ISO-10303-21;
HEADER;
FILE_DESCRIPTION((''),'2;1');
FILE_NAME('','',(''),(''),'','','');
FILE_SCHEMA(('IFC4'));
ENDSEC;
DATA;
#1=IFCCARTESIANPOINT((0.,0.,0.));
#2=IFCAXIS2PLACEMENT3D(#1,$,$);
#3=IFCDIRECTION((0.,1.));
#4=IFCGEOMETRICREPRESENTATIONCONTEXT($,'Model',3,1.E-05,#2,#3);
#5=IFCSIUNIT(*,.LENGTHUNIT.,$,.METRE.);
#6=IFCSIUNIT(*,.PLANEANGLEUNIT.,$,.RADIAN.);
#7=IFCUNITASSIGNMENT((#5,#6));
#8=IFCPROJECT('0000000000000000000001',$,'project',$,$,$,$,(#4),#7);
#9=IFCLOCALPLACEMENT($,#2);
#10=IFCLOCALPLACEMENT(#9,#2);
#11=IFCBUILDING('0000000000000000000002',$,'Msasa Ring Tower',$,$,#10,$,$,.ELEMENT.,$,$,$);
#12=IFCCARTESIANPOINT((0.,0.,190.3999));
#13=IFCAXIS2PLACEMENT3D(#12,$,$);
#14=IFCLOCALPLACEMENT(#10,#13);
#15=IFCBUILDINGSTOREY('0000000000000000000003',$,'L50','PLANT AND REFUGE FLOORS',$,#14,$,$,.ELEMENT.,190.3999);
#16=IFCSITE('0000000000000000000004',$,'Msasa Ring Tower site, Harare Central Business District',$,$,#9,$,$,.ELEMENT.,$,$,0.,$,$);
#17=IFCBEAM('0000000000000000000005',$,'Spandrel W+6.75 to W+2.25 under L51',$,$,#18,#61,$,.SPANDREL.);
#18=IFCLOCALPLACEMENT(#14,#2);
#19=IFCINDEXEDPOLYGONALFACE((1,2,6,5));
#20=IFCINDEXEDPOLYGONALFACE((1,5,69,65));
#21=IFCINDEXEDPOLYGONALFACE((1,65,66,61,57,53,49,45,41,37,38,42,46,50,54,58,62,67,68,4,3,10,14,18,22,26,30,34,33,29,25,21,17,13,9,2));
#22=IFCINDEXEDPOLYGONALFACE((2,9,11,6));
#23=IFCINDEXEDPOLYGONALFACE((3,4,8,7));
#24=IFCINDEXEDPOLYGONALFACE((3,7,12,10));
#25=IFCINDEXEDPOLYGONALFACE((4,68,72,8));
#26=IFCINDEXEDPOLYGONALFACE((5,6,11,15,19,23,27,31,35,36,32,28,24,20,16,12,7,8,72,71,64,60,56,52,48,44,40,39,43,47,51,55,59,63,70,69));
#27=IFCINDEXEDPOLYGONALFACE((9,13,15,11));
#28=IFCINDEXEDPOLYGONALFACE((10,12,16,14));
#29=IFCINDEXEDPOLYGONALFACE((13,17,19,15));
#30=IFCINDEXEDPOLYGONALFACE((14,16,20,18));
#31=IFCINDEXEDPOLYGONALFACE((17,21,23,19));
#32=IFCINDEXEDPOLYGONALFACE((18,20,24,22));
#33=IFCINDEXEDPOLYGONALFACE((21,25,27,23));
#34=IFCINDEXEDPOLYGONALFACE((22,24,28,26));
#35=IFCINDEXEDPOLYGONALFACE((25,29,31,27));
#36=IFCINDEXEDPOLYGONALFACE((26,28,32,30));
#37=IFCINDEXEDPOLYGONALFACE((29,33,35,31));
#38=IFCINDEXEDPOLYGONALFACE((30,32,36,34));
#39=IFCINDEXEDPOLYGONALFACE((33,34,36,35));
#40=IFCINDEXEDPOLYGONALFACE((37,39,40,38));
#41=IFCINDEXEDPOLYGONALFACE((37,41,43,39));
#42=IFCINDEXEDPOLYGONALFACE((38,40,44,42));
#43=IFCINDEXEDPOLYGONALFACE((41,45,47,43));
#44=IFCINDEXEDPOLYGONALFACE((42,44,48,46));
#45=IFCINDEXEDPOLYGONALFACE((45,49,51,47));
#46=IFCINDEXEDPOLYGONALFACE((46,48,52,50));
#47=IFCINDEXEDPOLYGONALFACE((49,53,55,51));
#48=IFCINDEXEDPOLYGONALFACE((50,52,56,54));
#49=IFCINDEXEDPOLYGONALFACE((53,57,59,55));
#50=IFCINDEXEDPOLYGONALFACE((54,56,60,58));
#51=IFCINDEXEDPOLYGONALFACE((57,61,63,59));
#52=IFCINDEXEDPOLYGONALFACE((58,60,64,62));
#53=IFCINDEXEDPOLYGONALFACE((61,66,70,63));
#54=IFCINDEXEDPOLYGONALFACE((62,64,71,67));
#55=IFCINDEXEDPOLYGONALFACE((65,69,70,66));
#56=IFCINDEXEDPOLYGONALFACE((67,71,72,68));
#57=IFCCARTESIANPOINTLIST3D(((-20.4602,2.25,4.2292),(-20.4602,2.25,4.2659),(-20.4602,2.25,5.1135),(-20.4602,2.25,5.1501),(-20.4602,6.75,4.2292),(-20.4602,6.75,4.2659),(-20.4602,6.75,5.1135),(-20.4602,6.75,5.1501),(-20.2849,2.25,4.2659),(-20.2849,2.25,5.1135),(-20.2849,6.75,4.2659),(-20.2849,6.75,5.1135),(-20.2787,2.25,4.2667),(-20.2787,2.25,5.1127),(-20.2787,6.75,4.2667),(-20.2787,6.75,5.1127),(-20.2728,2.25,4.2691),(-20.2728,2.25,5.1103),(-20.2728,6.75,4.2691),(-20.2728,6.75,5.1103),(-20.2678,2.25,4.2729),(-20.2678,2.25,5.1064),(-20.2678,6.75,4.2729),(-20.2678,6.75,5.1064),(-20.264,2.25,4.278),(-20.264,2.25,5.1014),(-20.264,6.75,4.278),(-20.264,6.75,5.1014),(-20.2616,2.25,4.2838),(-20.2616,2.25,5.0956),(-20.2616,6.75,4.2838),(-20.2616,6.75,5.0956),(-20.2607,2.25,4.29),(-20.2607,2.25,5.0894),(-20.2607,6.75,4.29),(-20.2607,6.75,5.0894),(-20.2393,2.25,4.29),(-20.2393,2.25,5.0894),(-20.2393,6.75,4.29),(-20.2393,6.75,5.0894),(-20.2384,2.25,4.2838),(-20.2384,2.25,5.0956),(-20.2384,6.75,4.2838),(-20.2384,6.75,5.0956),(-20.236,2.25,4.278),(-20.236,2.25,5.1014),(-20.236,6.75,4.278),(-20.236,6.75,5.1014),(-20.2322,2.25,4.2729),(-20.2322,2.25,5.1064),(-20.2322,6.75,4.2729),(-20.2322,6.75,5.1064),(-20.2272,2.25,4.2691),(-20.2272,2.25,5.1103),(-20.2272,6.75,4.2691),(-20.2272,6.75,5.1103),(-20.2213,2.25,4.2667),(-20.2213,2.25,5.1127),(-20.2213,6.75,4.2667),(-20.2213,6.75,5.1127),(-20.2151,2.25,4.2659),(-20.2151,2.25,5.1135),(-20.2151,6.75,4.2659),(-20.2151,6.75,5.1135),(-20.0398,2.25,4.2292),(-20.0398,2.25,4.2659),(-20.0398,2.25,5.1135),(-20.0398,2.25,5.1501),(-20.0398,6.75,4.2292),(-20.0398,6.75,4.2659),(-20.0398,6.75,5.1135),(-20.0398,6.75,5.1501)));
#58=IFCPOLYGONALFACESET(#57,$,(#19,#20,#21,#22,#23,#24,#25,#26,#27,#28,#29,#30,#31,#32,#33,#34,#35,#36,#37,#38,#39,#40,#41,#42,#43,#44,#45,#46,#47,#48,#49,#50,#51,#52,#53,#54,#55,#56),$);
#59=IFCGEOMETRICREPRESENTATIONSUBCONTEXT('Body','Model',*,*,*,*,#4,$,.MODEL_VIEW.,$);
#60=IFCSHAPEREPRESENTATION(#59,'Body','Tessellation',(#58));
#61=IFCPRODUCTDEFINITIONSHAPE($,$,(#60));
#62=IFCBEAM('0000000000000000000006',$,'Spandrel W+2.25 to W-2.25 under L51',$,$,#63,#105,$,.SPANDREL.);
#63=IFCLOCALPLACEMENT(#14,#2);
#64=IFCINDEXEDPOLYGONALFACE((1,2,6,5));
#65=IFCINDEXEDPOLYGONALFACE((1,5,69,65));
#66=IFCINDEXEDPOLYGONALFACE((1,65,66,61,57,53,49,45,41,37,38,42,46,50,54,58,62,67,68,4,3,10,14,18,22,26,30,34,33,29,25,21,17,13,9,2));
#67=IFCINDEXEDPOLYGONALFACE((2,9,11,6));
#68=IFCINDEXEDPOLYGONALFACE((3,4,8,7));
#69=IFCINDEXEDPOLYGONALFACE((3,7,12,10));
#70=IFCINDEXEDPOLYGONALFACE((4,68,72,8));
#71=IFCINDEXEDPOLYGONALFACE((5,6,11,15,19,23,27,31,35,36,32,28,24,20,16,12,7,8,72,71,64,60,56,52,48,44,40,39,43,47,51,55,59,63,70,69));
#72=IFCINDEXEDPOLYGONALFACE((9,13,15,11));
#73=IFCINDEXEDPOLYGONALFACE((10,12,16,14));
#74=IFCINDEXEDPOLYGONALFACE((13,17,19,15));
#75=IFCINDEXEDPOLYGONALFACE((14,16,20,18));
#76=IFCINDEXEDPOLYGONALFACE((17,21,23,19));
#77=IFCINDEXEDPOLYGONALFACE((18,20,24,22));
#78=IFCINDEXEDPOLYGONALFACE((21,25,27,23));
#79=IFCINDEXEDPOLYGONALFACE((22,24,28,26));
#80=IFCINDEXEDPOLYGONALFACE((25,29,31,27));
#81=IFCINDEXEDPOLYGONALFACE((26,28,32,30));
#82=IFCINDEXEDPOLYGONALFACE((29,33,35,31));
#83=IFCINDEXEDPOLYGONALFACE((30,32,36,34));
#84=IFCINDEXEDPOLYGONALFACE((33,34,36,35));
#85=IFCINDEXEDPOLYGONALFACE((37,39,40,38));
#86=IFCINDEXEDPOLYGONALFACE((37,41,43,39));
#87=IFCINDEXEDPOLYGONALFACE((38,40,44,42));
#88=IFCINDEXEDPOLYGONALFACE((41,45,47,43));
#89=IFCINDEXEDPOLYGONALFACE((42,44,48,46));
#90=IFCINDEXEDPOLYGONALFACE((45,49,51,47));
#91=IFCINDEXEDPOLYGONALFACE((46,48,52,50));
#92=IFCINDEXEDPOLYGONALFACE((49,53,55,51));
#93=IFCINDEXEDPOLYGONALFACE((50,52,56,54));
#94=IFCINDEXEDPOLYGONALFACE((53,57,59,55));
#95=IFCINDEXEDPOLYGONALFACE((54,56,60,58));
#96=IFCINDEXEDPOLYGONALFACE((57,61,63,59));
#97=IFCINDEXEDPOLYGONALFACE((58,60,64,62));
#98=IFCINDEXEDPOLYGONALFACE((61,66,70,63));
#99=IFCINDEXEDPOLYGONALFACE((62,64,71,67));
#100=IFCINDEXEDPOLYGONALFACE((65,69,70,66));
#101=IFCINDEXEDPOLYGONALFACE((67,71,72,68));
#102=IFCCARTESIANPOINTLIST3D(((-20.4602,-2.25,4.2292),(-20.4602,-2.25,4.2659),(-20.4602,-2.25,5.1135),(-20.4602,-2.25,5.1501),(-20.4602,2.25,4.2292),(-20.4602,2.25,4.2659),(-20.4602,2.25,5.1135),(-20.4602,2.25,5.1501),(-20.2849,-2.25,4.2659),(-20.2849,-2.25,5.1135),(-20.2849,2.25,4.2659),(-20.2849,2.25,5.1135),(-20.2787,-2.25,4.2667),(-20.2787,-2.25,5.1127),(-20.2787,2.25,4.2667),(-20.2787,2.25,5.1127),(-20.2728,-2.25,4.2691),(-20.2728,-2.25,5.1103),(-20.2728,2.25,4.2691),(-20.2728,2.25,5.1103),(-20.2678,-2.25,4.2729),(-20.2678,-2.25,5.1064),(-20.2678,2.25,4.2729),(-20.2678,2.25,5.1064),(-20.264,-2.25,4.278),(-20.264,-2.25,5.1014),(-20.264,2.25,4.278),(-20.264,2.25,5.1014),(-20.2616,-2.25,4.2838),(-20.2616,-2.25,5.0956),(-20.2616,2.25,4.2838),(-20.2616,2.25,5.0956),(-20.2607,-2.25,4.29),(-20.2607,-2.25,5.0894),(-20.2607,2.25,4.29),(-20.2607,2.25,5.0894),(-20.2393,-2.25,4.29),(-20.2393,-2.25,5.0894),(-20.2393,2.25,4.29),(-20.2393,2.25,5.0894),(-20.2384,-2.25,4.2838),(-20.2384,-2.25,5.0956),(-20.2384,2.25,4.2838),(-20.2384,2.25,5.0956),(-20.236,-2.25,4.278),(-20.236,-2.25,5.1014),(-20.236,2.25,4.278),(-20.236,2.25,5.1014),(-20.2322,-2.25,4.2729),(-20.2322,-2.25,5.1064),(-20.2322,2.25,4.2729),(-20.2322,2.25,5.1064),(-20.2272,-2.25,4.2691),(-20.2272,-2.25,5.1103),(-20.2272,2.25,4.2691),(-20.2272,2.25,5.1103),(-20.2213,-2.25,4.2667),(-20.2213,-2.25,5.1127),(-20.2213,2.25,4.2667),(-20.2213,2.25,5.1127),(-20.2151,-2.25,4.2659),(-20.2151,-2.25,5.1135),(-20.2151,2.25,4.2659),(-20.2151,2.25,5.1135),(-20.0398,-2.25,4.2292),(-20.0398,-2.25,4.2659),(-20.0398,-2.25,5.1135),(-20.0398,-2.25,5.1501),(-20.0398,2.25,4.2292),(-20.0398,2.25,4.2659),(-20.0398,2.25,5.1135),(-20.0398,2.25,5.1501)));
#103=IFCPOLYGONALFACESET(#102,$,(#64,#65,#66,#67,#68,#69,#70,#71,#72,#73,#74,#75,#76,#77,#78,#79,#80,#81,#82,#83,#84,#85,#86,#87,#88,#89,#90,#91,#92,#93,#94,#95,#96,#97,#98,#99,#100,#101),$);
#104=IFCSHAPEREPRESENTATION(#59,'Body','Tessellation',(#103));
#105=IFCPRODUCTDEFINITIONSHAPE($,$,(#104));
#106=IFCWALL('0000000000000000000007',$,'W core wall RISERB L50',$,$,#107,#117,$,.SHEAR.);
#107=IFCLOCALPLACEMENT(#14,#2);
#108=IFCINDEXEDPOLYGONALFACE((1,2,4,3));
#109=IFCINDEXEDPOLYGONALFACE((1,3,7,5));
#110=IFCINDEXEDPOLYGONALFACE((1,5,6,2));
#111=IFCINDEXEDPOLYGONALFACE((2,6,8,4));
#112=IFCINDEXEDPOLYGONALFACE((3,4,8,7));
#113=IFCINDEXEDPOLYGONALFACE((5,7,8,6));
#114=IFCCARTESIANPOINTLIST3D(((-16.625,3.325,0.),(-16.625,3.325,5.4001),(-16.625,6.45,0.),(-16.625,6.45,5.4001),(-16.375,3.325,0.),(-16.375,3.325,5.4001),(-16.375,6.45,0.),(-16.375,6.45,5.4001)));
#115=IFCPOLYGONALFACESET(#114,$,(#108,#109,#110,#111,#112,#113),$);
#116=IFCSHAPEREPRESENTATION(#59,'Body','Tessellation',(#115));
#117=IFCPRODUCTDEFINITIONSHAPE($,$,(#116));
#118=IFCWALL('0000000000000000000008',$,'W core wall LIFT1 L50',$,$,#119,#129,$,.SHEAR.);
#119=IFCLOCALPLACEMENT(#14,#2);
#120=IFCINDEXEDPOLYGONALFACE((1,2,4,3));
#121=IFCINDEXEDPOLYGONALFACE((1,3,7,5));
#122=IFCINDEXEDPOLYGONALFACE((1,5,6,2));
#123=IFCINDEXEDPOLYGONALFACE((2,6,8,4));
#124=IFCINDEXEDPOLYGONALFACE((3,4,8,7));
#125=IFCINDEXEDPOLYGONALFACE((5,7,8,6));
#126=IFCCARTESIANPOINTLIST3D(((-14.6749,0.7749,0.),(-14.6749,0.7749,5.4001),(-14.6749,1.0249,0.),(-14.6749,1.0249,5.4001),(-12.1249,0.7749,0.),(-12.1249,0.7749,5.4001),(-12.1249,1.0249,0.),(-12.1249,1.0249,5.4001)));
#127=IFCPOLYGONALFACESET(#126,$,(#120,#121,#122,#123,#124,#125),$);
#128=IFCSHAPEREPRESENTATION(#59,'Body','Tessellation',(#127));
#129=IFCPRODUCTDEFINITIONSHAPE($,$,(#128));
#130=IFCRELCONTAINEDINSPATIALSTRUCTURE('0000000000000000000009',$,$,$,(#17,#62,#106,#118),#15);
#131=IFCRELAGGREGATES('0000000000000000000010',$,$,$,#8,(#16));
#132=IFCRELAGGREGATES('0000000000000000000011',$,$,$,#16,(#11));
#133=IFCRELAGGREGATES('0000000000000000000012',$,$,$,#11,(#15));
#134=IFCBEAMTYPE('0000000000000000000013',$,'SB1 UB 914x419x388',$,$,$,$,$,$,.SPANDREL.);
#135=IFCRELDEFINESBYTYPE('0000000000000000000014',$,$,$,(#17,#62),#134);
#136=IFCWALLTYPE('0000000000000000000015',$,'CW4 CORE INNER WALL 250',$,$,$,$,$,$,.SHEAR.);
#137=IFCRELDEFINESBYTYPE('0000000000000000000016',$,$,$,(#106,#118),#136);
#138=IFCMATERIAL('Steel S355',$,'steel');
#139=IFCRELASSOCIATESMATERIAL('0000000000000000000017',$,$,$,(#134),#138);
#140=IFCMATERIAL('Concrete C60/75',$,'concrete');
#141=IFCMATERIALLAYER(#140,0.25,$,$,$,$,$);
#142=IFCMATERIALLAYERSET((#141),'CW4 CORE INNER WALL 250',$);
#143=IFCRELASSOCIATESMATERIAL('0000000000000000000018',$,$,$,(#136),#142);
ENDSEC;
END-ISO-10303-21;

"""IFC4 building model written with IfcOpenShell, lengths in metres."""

from ifc_helpers import new_model, si_unit, direction, frame, frame_2d, origin, origin_2d, place, context, subcontext, project, spatial, rectangle, i_section, extrude, material, layer, layer_set, material_profile, profile_set, type_object, element, save


model = new_model("IFC4")

# Units and contexts
model_context = context("Model", 3, precision=1e-05, world=origin(), true_north=direction((0.0, 1.0)))
body_context = subcontext(model_context, "Body", "Model", "MODEL_VIEW")
ifc_project = project(units=[si_unit("LENGTHUNIT", "METRE"), si_unit("PLANEANGLEUNIT", "RADIAN")], contexts=[model_context])

# Site, building, storey
site_placement = place(None, origin())
site = spatial("IfcSite", under=ifc_project, at=site_placement, Name="Msasa Ring Tower site, Harare Central Business District", CompositionType="ELEMENT", RefElevation=0.0)
building_placement = place(site_placement, origin())
building = spatial("IfcBuilding", under=site, at=building_placement, Name="Msasa Ring Tower", CompositionType="ELEMENT")
storey_placement = place(building_placement, frame((0.0, 0.0, 190.3999)))
storey = spatial("IfcBuildingStorey", under=building, at=storey_placement, Name="L50", Description="PLANT AND REFUGE FLOORS", CompositionType="ELEMENT", Elevation=190.3999)

# Beams
ifc_material_1 = material(Name="Steel S355", Category="steel")
ifc_material_profile_1 = material_profile(ifc_material_1, i_section(OverallWidth=0.4204, OverallDepth=0.9209, WebThickness=0.0215, FlangeThickness=0.0366, FilletRadius=0.0242, at=origin_2d()), Name="UB 914x419x388")
ifc_profile_set_1 = profile_set([ifc_material_profile_1], Name="Steel S355")
beam_type_1 = type_object("IfcBeamType", Name="SB1 UB 914x419x388", PredefinedType="SPANDREL", material=ifc_profile_set_1)
for number, where, z_axis, x_axis, name in (
    (1, (-20.25, 6.75, 4.6897), (0.0, -1.0, 0.0), (1.0, 0.0, 0.0), "Spandrel W+6.75 to W+2.25 under L51"),
    (2, (-20.25, 2.25, 4.6897), (0.0, -1.0, 0.0), (1.0, 0.0, 0.0), "Spandrel W+2.25 to W-2.25 under L51"),
):
    element("IfcBeam", number, at=place(storey_placement, frame(where, z_axis=z_axis, x_axis=x_axis)), inside=storey, type_object=beam_type_1, Name=name, PredefinedType="SPANDREL", context=body_context, shape_type="SweptSolid", body=[
        extrude(i_section(OverallWidth=0.4204, OverallDepth=0.9209, WebThickness=0.0215, FlangeThickness=0.0366, FilletRadius=0.0242, at=origin_2d()), origin(), (0.0, 0.0, 1.0), 4.5),
    ])

# Walls
ifc_material_2 = material(Name="Concrete C60/75", Category="concrete")
ifc_layer_1 = layer(ifc_material_2, 0.25)
ifc_layer_set_1 = layer_set([ifc_layer_1], Name="CW4 CORE INNER WALL 250")
wall_type_1 = type_object("IfcWallType", Name="CW4 CORE INNER WALL 250", PredefinedType="SHEAR", material=ifc_layer_set_1)
wall_1_placement = place(storey_placement, frame((-16.5, 3.325, 0.0), z_axis=(0.0, 0.0, 1.0), x_axis=(0.0, 1.0, 0.0)))
element("IfcWall", 3, at=wall_1_placement, inside=storey, type_object=wall_type_1, Name="W core wall RISERB L50", PredefinedType="SHEAR", context=body_context, shape_type="SweptSolid", body=[
    extrude(rectangle(XDim=3.125, YDim=0.25, at=frame_2d((1.5625, 0.0))), origin(), (0.0, 0.0, 1.0), 5.4001),
])
wall_2_placement = place(storey_placement, frame((-12.125, 0.8999, 0.0), z_axis=(0.0, 0.0, 1.0), x_axis=(-1.0, 0.0, 0.0)))
element("IfcWall", 4, at=wall_2_placement, inside=storey, type_object=wall_type_1, Name="W core wall LIFT1 L50", PredefinedType="SHEAR", context=body_context, shape_type="SweptSolid", body=[
    extrude(rectangle(XDim=2.55, YDim=0.25, at=frame_2d((1.2749, 0.0))), origin(), (0.0, 0.0, 1.0), 5.4001),
])

save(model, "model.ifc")
